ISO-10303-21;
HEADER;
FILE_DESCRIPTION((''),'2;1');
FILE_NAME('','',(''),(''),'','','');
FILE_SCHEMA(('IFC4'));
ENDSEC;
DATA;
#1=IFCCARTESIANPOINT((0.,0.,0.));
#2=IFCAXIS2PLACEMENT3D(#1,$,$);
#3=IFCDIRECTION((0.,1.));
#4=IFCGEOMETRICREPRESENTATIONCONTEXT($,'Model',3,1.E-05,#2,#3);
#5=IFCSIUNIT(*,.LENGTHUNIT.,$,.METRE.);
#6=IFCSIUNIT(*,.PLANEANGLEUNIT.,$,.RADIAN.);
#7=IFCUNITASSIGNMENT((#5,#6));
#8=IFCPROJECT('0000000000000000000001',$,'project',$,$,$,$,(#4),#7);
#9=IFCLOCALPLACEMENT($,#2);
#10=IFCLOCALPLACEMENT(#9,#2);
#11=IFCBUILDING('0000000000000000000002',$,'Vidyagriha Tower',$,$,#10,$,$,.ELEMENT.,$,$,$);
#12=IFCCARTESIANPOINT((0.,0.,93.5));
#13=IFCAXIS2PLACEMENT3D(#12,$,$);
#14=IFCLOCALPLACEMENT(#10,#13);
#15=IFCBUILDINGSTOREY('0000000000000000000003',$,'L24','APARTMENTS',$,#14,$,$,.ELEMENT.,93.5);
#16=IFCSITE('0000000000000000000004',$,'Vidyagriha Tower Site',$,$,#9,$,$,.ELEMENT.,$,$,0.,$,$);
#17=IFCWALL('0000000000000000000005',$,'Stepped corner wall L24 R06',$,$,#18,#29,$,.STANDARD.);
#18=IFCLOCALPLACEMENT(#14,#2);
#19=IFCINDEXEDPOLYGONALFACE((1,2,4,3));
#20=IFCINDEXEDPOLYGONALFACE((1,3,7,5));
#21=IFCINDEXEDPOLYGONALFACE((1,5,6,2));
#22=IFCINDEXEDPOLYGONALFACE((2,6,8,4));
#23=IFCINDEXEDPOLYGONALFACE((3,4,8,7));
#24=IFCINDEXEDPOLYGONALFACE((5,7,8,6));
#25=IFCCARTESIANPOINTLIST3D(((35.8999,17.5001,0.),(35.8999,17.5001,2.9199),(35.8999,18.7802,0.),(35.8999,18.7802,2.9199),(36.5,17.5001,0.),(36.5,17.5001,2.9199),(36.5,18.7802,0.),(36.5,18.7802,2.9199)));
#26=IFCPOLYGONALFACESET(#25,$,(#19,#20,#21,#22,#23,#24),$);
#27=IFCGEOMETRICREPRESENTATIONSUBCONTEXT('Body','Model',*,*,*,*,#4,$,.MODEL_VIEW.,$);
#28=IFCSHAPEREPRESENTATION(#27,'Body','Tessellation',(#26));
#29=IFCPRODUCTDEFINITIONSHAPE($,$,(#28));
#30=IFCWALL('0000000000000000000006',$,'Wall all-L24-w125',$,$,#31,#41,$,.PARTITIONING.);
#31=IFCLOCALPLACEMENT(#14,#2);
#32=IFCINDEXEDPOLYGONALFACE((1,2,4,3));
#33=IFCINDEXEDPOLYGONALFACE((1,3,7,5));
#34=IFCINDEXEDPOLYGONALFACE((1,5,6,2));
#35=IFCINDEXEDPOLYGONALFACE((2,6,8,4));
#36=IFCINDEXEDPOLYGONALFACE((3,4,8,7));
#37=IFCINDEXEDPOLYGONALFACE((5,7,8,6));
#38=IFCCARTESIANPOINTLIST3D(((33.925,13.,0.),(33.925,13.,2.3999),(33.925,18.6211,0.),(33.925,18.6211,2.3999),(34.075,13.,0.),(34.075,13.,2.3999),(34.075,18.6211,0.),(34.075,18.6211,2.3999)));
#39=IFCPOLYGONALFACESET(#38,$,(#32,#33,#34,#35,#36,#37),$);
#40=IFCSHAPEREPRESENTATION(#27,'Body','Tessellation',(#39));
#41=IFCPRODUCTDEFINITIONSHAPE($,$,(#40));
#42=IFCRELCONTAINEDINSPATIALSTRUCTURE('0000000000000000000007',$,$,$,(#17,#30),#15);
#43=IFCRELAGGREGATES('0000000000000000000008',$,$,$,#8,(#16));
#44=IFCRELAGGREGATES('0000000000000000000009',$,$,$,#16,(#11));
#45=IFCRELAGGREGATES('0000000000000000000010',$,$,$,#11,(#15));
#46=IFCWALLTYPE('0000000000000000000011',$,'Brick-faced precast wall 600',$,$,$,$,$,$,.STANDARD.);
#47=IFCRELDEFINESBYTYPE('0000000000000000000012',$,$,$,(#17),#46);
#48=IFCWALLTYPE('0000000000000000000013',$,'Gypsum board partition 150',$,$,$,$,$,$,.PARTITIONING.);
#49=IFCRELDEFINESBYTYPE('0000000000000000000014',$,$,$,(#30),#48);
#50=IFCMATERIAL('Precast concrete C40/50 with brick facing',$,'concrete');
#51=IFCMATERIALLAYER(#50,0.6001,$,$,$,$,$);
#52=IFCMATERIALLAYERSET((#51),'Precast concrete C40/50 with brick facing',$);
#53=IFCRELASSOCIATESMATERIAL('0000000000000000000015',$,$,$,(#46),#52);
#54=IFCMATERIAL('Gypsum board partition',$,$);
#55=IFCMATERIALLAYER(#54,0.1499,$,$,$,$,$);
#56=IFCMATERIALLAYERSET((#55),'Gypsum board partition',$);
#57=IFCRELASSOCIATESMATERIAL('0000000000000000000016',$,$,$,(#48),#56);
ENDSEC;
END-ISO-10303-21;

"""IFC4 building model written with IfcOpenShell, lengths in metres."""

from ifc_helpers import new_model, si_unit, direction, frame, frame_2d, origin, place, context, subcontext, project, spatial, rectangle, extrude, material, layer, layer_set, type_object, element, save


model = new_model("IFC4")

# Units and contexts
model_context = context("Model", 3, precision=1e-05, world=origin(), true_north=direction((0.0, 1.0)))
body_context = subcontext(model_context, "Body", "Model", "MODEL_VIEW")
ifc_project = project(units=[si_unit("LENGTHUNIT", "METRE"), si_unit("PLANEANGLEUNIT", "RADIAN")], contexts=[model_context])

# Site, building, storey
site_placement = place(None, origin())
site = spatial("IfcSite", under=ifc_project, at=site_placement, Name="Vidyagriha Tower Site", CompositionType="ELEMENT", RefElevation=0.0)
building_placement = place(site_placement, origin())
building = spatial("IfcBuilding", under=site, at=building_placement, Name="Vidyagriha Tower", CompositionType="ELEMENT")
storey_placement = place(building_placement, frame((0.0, 0.0, 93.5)))
storey = spatial("IfcBuildingStorey", under=building, at=storey_placement, Name="L24", Description="APARTMENTS", CompositionType="ELEMENT", Elevation=93.5)

# Shared definitions
ifc_material_1 = material(Name="Precast concrete C40/50 with brick facing", Category="concrete")
ifc_layer_1 = layer(ifc_material_1, 0.6001)
ifc_layer_set_1 = layer_set([ifc_layer_1], Name="Precast concrete C40/50 with brick facing")
wall_type_1 = type_object("IfcWallType", Name="Brick-faced precast wall 600", PredefinedType="STANDARD", material=ifc_layer_set_1)

# Walls
wall_1_placement = place(storey_placement, frame((36.2, 17.5, 0.0), z_axis=(0.0, 0.0, 1.0), x_axis=(0.0, 1.0, 0.0)))
element("IfcWall", 1, at=wall_1_placement, inside=storey, type_object=wall_type_1, Name="Stepped corner wall L24 R06", PredefinedType="STANDARD", context=body_context, shape_type="SweptSolid", body=[
    extrude(rectangle(XDim=1.28, YDim=0.6001, at=frame_2d((0.6401, 0.0))), origin(), (0.0, 0.0, 1.0), 2.9199),
])
ifc_material_2 = material(Name="Gypsum board partition")
ifc_layer_2 = layer(ifc_material_2, 0.1499)
ifc_layer_set_2 = layer_set([ifc_layer_2], Name="Gypsum board partition")
wall_type_2 = type_object("IfcWallType", Name="Gypsum board partition 150", PredefinedType="PARTITIONING", material=ifc_layer_set_2)
wall_2_placement = place(storey_placement, frame((34.0, 18.6211, 0.0), z_axis=(0.0, 0.0, 1.0), x_axis=(0.0, -1.0, 0.0)))
element("IfcWall", 2, at=wall_2_placement, inside=storey, type_object=wall_type_2, Name="Wall all-L24-w125", PredefinedType="PARTITIONING", context=body_context, shape_type="SweptSolid", body=[
    extrude(rectangle(XDim=5.6211, YDim=0.1499, at=frame_2d((2.8105, 0.0))), origin(), (0.0, 0.0, 1.0), 2.3999),
])

save(model, "model.ifc")
